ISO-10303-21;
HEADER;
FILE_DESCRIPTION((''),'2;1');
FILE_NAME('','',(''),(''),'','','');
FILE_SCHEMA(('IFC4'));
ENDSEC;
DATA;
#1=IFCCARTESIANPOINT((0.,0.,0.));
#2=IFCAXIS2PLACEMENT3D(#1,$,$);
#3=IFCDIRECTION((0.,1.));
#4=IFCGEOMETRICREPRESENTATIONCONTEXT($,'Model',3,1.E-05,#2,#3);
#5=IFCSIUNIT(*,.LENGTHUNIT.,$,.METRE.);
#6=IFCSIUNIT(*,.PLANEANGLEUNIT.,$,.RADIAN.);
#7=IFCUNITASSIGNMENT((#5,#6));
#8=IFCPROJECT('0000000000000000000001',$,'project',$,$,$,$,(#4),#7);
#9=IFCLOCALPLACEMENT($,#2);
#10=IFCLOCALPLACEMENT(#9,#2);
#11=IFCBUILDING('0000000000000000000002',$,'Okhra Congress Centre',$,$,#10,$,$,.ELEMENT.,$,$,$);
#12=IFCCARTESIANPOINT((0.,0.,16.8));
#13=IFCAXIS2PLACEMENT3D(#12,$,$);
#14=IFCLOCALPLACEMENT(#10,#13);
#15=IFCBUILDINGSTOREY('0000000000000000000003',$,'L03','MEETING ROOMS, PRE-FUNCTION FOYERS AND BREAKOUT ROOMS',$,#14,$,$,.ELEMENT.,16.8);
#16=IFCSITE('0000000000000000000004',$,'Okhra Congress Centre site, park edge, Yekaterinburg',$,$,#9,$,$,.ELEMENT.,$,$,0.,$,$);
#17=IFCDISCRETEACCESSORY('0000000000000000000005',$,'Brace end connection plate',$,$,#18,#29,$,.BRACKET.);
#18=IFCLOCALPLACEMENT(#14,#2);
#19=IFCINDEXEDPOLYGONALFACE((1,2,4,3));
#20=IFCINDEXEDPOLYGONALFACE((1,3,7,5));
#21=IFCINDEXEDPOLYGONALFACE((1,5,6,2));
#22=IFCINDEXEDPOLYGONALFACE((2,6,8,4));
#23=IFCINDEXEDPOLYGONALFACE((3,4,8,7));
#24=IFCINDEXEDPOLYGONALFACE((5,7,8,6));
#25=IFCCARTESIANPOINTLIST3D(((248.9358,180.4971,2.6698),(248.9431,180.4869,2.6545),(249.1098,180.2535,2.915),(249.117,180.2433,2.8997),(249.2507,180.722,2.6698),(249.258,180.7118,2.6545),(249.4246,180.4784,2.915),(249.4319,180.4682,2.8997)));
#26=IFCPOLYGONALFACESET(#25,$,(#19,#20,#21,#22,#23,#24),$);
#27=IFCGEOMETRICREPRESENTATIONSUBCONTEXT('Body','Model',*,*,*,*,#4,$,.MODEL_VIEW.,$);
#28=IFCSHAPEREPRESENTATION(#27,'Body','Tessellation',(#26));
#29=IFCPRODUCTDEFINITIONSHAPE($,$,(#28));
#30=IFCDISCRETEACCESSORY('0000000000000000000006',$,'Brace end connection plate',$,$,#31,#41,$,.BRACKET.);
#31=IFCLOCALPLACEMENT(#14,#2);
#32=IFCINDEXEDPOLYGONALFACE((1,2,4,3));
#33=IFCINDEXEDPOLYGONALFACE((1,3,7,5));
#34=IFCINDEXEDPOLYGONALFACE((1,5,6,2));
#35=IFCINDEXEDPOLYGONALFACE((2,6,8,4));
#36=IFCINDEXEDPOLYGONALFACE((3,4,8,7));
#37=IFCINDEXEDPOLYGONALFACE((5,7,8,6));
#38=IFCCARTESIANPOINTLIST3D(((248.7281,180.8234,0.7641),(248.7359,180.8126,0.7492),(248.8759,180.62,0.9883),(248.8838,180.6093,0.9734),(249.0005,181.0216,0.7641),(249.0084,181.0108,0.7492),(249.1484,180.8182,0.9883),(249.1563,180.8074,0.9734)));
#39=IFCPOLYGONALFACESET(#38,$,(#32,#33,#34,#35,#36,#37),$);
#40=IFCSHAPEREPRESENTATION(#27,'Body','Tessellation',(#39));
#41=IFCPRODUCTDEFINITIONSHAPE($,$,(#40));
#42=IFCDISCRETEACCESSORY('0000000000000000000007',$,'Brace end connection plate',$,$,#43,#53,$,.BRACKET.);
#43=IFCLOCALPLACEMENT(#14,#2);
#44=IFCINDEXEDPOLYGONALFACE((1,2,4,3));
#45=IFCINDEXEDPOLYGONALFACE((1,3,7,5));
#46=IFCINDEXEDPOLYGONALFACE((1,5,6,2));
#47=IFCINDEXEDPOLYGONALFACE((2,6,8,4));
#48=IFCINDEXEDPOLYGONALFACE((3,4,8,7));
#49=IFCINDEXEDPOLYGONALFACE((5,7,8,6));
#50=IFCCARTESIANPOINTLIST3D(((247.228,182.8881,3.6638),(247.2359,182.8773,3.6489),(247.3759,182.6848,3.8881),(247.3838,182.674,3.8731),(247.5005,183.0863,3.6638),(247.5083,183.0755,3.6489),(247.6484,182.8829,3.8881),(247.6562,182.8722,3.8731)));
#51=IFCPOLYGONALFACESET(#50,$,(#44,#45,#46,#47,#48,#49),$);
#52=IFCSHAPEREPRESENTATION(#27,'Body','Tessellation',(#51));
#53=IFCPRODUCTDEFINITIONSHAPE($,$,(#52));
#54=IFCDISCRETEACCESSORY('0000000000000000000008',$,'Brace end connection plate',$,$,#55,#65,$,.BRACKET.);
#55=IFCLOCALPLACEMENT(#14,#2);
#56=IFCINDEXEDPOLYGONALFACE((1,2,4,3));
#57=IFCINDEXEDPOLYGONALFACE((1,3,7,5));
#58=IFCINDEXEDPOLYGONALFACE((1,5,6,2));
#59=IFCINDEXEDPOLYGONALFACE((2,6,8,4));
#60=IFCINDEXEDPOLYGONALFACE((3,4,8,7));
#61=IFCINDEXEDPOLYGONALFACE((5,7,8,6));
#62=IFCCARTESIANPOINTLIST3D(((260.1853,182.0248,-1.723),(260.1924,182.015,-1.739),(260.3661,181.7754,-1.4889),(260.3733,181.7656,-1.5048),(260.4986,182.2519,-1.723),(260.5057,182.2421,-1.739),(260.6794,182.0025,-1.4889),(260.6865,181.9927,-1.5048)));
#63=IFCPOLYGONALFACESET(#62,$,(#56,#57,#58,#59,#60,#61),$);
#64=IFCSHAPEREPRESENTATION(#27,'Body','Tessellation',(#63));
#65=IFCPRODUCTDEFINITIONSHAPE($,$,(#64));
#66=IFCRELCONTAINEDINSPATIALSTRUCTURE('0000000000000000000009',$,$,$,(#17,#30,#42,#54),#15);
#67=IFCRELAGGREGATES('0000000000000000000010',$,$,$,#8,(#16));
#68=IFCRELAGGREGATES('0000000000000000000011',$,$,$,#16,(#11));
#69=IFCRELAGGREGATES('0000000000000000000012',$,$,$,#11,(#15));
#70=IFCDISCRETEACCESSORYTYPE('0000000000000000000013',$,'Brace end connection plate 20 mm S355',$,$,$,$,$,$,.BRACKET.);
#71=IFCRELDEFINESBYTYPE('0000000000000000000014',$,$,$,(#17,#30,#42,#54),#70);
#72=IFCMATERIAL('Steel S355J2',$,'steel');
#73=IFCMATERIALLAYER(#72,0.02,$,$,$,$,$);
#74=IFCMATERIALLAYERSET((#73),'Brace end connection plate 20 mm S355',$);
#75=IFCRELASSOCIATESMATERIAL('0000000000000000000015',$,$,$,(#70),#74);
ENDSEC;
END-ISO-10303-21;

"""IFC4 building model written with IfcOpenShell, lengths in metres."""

from ifc_helpers import new_model, si_unit, direction, frame, origin, origin_2d, place, context, subcontext, project, spatial, rectangle, extrude, material, layer, layer_set, type_object, element, save


model = new_model("IFC4")

# Units and contexts
model_context = context("Model", 3, precision=1e-05, world=origin(), true_north=direction((0.0, 1.0)))
body_context = subcontext(model_context, "Body", "Model", "MODEL_VIEW")
ifc_project = project(units=[si_unit("LENGTHUNIT", "METRE"), si_unit("PLANEANGLEUNIT", "RADIAN")], contexts=[model_context])

# Site, building, storey
site_placement = place(None, origin())
site = spatial("IfcSite", under=ifc_project, at=site_placement, Name="Okhra Congress Centre site, park edge, Yekaterinburg", CompositionType="ELEMENT", RefElevation=0.0)
building_placement = place(site_placement, origin())
building = spatial("IfcBuilding", under=site, at=building_placement, Name="Okhra Congress Centre", CompositionType="ELEMENT")
storey_placement = place(building_placement, frame((0.0, 0.0, 16.8)))
storey = spatial("IfcBuildingStorey", under=building, at=storey_placement, Name="L03", Description="MEETING ROOMS, PRE-FUNCTION FOYERS AND BREAKOUT ROOMS", CompositionType="ELEMENT", Elevation=16.8)

# Shared definitions
ifc_material_1 = material(Name="Steel S355J2", Category="steel")

# Discrete accessories
ifc_layer = layer(ifc_material_1, 0.02)
ifc_layer_set = layer_set([ifc_layer], Name="Brace end connection plate 20 mm S355")
discrete_accessory_type = type_object("IfcDiscreteAccessoryType", Name="Brace end connection plate 20 mm S355", PredefinedType="BRACKET", material=ifc_layer_set)
discrete_accessory_1_placement = place(storey_placement, frame((249.1875, 180.4775, 2.7771), z_axis=(-0.368355, 0.515697, 0.773545), x_axis=(-0.813733, -0.581238, 0.0)))
element("IfcDiscreteAccessory", 1, at=discrete_accessory_1_placement, inside=storey, type_object=discrete_accessory_type, Name="Brace end connection plate", PredefinedType="BRACKET", context=body_context, shape_type="SweptSolid", body=[
    extrude(rectangle(XDim=0.387, YDim=0.387, at=origin_2d()), origin(), (0.0, 0.0, 1.0), 0.0198),
])
for number, where, z_axis, x_axis, name in (
    (2, (248.9382, 180.8208, 0.8762), (0.391498, -0.538309, -0.746293), (0.808736, 0.588172, 0.0), "Brace end connection plate"),
    (3, (247.446, 182.8748, 3.761), (-0.391498, 0.538309, 0.746293), (-0.808736, -0.588172, 0.0), "Brace end connection plate"),
):
    element("IfcDiscreteAccessory", number, at=place(storey_placement, frame(where, z_axis=z_axis, x_axis=x_axis)), inside=storey, type_object=discrete_accessory_type, Name=name, PredefinedType="BRACKET", context=body_context, shape_type="SweptSolid", body=[
        extrude(rectangle(XDim=0.3369, YDim=0.3369, at=origin_2d()), origin(), (0.0, 0.0, 1.0), 0.02),
    ])
discrete_accessory_2_placement = place(storey_placement, frame((260.4324, 182.0137, -1.606), z_axis=(0.355194, -0.489922, -0.796124), x_axis=(0.80961, 0.586968, 0.0)))
element("IfcDiscreteAccessory", 4, at=discrete_accessory_2_placement, inside=storey, type_object=discrete_accessory_type, Name="Brace end connection plate", PredefinedType="BRACKET", context=body_context, shape_type="SweptSolid", body=[
    extrude(rectangle(XDim=0.387, YDim=0.387, at=origin_2d()), origin(), (0.0, 0.0, 1.0), 0.02),
])

save(model, "model.ifc")
